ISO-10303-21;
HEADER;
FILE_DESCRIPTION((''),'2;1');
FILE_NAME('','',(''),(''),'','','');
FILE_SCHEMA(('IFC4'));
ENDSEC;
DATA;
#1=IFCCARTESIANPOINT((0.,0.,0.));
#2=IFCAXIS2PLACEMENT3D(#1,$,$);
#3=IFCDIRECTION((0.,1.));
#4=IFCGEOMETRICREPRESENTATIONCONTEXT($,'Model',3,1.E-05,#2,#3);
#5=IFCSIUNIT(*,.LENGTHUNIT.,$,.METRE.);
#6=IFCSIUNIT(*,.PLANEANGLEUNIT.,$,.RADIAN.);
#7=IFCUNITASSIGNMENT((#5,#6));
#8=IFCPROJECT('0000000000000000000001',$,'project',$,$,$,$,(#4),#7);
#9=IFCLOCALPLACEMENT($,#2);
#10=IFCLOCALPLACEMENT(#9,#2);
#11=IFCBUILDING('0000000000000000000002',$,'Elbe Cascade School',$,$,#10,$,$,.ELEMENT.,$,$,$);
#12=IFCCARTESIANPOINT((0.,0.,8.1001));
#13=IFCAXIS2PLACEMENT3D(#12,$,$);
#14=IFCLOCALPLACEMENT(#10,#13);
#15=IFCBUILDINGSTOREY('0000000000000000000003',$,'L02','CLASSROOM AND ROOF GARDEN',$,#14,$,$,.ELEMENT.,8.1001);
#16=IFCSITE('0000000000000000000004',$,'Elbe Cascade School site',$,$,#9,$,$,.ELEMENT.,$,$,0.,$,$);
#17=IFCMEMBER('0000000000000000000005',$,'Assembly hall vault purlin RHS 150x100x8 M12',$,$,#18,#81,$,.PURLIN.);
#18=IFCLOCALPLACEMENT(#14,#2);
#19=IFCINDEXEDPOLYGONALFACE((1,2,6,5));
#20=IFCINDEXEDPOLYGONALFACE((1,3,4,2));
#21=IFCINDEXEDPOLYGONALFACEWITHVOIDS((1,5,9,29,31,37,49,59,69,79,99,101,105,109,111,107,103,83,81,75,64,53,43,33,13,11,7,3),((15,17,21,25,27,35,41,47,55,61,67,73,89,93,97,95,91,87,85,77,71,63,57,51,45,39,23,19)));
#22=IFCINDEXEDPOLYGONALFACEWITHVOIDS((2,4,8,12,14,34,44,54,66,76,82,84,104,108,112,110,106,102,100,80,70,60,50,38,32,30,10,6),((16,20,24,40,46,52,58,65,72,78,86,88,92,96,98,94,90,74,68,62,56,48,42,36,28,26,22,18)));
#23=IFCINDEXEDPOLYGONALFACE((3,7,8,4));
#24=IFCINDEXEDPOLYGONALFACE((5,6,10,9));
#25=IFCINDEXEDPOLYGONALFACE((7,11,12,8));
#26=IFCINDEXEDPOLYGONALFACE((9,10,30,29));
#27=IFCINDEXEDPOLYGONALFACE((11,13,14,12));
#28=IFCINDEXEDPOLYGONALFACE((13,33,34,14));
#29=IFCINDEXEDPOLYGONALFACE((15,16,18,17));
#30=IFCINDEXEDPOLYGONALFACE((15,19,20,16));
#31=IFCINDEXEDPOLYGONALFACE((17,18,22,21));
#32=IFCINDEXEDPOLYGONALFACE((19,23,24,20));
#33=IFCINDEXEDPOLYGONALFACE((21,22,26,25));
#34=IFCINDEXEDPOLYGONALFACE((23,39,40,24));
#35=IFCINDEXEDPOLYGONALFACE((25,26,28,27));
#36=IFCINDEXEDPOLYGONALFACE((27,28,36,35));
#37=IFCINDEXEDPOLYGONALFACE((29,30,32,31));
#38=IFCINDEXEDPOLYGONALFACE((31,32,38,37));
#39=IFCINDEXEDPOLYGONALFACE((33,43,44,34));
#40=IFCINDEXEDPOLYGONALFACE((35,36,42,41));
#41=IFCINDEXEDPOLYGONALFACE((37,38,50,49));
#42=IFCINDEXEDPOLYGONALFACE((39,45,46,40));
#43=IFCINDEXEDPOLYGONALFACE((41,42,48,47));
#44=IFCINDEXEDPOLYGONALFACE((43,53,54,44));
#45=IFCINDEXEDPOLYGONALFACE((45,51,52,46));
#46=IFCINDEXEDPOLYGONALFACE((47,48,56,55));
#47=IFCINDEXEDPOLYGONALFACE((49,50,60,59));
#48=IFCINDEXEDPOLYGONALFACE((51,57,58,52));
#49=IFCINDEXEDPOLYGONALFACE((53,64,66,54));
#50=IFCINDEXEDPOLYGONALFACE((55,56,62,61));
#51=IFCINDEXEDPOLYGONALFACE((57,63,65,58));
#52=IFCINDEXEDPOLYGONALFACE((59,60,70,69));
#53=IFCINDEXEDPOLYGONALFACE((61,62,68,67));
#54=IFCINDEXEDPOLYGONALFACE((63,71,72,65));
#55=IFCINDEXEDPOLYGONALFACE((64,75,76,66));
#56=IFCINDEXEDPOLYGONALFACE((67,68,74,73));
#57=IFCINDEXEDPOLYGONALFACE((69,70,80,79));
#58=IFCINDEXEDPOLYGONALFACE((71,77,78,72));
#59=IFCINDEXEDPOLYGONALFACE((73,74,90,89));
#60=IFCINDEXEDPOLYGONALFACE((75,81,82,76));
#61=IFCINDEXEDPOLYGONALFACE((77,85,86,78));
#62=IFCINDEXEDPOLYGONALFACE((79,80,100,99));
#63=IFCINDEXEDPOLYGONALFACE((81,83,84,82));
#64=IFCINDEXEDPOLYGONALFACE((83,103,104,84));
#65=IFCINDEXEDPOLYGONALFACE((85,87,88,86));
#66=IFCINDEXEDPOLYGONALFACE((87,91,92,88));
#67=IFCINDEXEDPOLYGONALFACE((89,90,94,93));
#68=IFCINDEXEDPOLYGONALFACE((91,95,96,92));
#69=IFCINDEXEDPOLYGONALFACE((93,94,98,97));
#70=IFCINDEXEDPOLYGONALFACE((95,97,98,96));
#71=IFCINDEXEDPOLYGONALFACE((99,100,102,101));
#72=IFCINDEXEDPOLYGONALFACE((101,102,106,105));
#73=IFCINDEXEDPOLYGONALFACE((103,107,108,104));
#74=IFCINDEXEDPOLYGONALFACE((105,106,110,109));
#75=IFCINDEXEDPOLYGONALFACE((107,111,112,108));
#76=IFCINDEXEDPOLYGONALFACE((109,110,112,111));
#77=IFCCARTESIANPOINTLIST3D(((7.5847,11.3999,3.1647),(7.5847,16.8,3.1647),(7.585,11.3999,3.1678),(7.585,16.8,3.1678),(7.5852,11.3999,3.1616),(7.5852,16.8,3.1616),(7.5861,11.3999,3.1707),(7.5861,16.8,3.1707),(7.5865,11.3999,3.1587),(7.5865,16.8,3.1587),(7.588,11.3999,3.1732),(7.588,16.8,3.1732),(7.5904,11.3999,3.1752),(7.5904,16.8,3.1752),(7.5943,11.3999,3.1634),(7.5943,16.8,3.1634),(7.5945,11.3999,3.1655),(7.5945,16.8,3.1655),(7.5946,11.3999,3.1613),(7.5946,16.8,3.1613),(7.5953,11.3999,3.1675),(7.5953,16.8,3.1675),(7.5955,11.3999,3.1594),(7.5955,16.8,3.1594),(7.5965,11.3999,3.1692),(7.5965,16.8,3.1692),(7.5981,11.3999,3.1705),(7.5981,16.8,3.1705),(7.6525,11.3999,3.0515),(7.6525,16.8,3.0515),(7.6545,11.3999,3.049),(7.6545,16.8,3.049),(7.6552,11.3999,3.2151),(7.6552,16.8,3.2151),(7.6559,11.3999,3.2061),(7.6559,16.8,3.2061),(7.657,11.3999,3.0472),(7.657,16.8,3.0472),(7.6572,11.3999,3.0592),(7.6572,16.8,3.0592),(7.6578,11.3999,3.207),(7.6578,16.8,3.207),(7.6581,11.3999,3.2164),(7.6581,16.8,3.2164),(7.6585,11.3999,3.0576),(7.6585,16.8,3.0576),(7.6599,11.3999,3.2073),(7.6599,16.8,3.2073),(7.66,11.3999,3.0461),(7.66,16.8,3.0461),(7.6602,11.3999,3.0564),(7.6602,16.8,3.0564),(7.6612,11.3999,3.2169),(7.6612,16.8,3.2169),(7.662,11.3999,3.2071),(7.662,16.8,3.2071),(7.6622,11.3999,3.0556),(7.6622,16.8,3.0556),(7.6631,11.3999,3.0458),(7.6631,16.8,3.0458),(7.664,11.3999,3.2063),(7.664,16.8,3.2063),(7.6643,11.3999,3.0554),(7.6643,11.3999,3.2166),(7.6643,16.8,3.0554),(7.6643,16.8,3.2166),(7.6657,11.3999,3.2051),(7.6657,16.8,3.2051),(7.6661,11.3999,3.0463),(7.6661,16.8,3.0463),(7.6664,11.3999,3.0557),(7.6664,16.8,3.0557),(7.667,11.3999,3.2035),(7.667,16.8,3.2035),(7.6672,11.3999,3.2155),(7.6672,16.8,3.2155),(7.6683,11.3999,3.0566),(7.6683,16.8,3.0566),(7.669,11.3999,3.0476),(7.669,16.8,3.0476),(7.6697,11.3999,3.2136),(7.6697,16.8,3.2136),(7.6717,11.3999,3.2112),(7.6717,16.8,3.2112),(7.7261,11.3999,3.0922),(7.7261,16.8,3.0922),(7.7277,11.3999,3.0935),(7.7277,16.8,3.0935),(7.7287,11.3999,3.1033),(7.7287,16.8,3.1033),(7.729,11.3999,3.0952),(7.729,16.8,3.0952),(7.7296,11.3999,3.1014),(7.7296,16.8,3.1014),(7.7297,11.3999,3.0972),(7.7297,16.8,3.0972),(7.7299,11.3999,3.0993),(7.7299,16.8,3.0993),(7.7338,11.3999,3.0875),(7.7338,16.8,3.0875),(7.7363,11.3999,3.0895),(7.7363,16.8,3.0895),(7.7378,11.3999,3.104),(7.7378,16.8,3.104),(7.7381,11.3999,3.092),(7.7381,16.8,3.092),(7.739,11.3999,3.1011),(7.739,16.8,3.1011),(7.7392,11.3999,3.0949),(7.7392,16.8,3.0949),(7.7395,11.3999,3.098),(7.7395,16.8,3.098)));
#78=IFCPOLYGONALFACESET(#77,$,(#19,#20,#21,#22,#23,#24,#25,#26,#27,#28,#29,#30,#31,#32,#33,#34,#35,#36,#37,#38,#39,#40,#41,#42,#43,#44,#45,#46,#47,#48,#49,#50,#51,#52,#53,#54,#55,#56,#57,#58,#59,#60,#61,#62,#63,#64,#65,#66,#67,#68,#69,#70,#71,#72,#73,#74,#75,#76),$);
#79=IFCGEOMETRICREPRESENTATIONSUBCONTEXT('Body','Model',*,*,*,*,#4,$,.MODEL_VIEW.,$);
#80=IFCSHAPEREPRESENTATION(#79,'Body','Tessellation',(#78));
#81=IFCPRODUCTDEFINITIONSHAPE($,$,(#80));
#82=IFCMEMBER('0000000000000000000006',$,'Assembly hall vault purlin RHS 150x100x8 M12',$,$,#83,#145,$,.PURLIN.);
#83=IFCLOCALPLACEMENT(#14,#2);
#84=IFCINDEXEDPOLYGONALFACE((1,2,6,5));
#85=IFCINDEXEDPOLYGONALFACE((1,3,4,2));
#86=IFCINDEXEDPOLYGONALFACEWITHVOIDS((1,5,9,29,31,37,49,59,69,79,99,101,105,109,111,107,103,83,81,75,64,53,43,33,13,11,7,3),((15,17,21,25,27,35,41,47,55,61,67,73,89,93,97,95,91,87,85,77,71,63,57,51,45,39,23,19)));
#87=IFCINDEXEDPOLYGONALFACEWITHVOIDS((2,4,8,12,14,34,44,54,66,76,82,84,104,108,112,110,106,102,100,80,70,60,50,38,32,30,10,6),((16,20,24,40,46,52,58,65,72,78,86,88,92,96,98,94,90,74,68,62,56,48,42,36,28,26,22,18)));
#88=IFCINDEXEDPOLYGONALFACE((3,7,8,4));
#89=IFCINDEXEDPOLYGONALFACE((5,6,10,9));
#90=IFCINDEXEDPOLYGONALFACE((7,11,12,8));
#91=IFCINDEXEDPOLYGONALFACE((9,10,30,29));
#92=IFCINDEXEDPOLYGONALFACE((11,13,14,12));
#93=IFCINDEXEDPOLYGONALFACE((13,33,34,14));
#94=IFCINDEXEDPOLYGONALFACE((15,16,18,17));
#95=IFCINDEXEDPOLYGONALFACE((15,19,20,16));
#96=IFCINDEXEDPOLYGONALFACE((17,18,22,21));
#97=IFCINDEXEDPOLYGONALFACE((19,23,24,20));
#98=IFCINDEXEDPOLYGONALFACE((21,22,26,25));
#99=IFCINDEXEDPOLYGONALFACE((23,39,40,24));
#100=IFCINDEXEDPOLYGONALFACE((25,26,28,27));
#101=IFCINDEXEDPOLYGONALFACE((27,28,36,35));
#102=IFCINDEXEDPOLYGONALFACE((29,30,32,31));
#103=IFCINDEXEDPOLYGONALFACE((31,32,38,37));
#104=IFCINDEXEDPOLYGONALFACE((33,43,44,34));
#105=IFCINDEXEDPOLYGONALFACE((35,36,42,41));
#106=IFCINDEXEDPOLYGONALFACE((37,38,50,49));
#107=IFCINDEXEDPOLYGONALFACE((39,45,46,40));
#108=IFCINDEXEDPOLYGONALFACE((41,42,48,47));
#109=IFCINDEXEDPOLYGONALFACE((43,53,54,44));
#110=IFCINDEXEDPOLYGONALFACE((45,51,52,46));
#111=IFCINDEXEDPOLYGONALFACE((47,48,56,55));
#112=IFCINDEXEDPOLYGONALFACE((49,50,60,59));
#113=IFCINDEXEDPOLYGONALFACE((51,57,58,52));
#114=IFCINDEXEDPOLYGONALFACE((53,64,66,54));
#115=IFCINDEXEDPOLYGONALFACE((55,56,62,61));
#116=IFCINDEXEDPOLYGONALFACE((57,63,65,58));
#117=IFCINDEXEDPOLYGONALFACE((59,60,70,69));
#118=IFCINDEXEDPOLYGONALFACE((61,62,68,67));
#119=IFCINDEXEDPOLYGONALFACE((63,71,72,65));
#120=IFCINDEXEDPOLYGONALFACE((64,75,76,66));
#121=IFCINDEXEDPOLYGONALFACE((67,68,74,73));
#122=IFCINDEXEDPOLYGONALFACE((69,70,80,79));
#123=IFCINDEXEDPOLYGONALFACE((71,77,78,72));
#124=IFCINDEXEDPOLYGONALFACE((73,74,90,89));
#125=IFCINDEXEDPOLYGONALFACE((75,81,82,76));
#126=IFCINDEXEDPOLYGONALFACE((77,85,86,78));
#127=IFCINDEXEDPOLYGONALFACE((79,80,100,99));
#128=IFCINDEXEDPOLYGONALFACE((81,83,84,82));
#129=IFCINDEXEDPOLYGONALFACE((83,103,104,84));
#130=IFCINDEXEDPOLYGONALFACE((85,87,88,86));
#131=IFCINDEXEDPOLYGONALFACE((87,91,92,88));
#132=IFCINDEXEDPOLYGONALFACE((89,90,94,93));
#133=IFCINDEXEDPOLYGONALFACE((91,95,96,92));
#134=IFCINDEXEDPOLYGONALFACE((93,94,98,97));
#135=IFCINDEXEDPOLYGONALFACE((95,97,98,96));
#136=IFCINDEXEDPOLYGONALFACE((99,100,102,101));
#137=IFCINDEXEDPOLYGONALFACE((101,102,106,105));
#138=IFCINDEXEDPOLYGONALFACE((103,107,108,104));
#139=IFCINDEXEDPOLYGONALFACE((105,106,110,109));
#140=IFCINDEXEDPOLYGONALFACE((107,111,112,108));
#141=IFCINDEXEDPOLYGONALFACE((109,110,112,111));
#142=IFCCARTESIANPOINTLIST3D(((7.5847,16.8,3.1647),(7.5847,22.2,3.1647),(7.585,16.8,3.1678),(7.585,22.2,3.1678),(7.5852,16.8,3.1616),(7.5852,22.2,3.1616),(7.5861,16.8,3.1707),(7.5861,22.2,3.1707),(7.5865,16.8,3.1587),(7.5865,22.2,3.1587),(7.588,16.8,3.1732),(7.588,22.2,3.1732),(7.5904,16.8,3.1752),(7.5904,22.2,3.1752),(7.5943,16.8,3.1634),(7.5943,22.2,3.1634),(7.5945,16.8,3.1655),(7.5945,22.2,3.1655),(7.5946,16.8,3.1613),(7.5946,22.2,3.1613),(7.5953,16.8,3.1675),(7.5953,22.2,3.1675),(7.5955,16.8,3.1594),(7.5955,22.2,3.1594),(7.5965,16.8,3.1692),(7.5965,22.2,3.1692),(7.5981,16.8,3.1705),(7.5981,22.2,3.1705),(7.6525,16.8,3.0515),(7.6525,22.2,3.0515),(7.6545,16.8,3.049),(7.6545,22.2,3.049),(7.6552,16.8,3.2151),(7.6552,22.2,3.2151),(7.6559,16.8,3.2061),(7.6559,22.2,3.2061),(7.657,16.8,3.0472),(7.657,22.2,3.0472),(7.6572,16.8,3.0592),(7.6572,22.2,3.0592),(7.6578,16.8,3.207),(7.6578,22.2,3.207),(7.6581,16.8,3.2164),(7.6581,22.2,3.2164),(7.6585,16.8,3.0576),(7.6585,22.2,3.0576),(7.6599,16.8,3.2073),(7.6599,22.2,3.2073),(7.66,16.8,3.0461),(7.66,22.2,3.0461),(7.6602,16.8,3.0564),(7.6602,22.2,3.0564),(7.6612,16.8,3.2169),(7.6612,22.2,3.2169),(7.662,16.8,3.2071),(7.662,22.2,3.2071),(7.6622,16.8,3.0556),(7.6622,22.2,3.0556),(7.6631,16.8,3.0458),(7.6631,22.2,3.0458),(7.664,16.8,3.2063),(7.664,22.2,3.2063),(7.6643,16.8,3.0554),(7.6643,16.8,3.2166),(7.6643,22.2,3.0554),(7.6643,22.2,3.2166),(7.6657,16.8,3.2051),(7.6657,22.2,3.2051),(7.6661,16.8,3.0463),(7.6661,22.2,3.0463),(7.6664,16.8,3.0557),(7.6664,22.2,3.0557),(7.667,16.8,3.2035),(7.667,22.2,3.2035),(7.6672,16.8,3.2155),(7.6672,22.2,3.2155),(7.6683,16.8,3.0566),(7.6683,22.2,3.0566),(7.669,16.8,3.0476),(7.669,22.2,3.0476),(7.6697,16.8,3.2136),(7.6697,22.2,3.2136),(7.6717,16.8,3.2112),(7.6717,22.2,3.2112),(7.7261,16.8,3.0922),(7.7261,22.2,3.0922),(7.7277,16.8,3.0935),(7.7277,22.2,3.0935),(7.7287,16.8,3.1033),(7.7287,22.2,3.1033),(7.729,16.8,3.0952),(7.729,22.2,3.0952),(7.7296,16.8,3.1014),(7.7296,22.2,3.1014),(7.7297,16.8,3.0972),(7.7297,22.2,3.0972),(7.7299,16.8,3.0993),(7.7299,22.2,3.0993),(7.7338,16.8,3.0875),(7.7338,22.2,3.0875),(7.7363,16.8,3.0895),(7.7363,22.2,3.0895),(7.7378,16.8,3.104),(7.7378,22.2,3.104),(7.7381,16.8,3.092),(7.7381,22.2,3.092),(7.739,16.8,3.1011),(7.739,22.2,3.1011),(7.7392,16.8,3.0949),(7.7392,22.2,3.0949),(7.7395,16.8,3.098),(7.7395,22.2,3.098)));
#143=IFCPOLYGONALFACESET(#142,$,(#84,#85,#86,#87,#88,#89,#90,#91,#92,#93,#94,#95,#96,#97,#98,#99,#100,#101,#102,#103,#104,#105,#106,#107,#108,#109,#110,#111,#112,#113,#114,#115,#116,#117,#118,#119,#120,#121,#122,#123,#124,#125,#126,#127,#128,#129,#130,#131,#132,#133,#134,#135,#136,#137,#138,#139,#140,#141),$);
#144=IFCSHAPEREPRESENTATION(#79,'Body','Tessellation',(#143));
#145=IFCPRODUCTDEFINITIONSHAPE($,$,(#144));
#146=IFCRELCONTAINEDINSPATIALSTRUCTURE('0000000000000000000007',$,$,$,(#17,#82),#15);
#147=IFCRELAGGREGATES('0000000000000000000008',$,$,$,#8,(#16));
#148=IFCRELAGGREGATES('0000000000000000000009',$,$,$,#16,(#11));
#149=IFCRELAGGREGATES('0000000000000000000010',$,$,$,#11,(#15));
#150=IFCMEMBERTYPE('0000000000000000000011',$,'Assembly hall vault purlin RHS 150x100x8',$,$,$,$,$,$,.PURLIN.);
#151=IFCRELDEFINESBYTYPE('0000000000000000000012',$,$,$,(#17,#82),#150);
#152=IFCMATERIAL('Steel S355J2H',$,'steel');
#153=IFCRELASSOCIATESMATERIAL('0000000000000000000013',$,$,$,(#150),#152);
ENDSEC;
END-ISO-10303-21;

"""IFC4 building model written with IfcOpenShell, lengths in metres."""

from ifc_helpers import new_model, si_unit, direction, frame, origin, origin_2d, place, context, subcontext, project, spatial, hollow_rectangle, extrude, material, material_profile, profile_set, type_object, element, save


model = new_model("IFC4")

# Units and contexts
model_context = context("Model", 3, precision=1e-05, world=origin(), true_north=direction((0.0, 1.0)))
body_context = subcontext(model_context, "Body", "Model", "MODEL_VIEW")
ifc_project = project(units=[si_unit("LENGTHUNIT", "METRE"), si_unit("PLANEANGLEUNIT", "RADIAN")], contexts=[model_context])

# Site, building, storey
site_placement = place(None, origin())
site = spatial("IfcSite", under=ifc_project, at=site_placement, Name="Elbe Cascade School site", CompositionType="ELEMENT", RefElevation=0.0)
building_placement = place(site_placement, origin())
building = spatial("IfcBuilding", under=site, at=building_placement, Name="Elbe Cascade School", CompositionType="ELEMENT")
storey_placement = place(building_placement, frame((0.0, 0.0, 8.1001)))
storey = spatial("IfcBuildingStorey", under=building, at=storey_placement, Name="L02", Description="CLASSROOM AND ROOF GARDEN", CompositionType="ELEMENT", Elevation=8.1001)

# Members
ifc_material_1 = material(Name="Steel S355J2H", Category="steel")
ifc_material_profile_1 = material_profile(ifc_material_1, hollow_rectangle(XDim=0.1001, YDim=0.1499, WallThickness=0.0081, InnerFilletRadius=0.0081, OuterFilletRadius=0.012, at=origin_2d()), Name="RHS 150x100x8")
ifc_profile_set_1 = profile_set([ifc_material_profile_1], Name="Steel S355J2H")
member_type_1 = type_object("IfcMemberType", Name="Assembly hall vault purlin RHS 150x100x8", PredefinedType="PURLIN", material=ifc_profile_set_1)
member_1_placement = place(storey_placement, frame((7.6621, 11.3999, 3.1313), z_axis=(0.0, 1.0, 0.0), x_axis=(-0.851433, 0.0, -0.524463)))
element("IfcMember", 1, at=member_1_placement, inside=storey, type_object=member_type_1, Name="Assembly hall vault purlin RHS 150x100x8 M12", PredefinedType="PURLIN", context=body_context, shape_type="SweptSolid", body=[
    extrude(hollow_rectangle(XDim=0.1001, YDim=0.1499, WallThickness=0.0081, InnerFilletRadius=0.0081, OuterFilletRadius=0.012, at=origin_2d()), origin(), (0.0, 0.0, 1.0), 5.4001),
])
member_2_placement = place(storey_placement, frame((7.6621, 16.8, 3.1313), z_axis=(0.0, 1.0, 0.0), x_axis=(-0.851433, 0.0, -0.524463)))
element("IfcMember", 2, at=member_2_placement, inside=storey, type_object=member_type_1, Name="Assembly hall vault purlin RHS 150x100x8 M12", PredefinedType="PURLIN", context=body_context, shape_type="SweptSolid", body=[
    extrude(hollow_rectangle(XDim=0.1001, YDim=0.1499, WallThickness=0.0081, InnerFilletRadius=0.0081, OuterFilletRadius=0.012, at=origin_2d()), origin(), (0.0, 0.0, 1.0), 5.3999),
])

save(model, "model.ifc")
